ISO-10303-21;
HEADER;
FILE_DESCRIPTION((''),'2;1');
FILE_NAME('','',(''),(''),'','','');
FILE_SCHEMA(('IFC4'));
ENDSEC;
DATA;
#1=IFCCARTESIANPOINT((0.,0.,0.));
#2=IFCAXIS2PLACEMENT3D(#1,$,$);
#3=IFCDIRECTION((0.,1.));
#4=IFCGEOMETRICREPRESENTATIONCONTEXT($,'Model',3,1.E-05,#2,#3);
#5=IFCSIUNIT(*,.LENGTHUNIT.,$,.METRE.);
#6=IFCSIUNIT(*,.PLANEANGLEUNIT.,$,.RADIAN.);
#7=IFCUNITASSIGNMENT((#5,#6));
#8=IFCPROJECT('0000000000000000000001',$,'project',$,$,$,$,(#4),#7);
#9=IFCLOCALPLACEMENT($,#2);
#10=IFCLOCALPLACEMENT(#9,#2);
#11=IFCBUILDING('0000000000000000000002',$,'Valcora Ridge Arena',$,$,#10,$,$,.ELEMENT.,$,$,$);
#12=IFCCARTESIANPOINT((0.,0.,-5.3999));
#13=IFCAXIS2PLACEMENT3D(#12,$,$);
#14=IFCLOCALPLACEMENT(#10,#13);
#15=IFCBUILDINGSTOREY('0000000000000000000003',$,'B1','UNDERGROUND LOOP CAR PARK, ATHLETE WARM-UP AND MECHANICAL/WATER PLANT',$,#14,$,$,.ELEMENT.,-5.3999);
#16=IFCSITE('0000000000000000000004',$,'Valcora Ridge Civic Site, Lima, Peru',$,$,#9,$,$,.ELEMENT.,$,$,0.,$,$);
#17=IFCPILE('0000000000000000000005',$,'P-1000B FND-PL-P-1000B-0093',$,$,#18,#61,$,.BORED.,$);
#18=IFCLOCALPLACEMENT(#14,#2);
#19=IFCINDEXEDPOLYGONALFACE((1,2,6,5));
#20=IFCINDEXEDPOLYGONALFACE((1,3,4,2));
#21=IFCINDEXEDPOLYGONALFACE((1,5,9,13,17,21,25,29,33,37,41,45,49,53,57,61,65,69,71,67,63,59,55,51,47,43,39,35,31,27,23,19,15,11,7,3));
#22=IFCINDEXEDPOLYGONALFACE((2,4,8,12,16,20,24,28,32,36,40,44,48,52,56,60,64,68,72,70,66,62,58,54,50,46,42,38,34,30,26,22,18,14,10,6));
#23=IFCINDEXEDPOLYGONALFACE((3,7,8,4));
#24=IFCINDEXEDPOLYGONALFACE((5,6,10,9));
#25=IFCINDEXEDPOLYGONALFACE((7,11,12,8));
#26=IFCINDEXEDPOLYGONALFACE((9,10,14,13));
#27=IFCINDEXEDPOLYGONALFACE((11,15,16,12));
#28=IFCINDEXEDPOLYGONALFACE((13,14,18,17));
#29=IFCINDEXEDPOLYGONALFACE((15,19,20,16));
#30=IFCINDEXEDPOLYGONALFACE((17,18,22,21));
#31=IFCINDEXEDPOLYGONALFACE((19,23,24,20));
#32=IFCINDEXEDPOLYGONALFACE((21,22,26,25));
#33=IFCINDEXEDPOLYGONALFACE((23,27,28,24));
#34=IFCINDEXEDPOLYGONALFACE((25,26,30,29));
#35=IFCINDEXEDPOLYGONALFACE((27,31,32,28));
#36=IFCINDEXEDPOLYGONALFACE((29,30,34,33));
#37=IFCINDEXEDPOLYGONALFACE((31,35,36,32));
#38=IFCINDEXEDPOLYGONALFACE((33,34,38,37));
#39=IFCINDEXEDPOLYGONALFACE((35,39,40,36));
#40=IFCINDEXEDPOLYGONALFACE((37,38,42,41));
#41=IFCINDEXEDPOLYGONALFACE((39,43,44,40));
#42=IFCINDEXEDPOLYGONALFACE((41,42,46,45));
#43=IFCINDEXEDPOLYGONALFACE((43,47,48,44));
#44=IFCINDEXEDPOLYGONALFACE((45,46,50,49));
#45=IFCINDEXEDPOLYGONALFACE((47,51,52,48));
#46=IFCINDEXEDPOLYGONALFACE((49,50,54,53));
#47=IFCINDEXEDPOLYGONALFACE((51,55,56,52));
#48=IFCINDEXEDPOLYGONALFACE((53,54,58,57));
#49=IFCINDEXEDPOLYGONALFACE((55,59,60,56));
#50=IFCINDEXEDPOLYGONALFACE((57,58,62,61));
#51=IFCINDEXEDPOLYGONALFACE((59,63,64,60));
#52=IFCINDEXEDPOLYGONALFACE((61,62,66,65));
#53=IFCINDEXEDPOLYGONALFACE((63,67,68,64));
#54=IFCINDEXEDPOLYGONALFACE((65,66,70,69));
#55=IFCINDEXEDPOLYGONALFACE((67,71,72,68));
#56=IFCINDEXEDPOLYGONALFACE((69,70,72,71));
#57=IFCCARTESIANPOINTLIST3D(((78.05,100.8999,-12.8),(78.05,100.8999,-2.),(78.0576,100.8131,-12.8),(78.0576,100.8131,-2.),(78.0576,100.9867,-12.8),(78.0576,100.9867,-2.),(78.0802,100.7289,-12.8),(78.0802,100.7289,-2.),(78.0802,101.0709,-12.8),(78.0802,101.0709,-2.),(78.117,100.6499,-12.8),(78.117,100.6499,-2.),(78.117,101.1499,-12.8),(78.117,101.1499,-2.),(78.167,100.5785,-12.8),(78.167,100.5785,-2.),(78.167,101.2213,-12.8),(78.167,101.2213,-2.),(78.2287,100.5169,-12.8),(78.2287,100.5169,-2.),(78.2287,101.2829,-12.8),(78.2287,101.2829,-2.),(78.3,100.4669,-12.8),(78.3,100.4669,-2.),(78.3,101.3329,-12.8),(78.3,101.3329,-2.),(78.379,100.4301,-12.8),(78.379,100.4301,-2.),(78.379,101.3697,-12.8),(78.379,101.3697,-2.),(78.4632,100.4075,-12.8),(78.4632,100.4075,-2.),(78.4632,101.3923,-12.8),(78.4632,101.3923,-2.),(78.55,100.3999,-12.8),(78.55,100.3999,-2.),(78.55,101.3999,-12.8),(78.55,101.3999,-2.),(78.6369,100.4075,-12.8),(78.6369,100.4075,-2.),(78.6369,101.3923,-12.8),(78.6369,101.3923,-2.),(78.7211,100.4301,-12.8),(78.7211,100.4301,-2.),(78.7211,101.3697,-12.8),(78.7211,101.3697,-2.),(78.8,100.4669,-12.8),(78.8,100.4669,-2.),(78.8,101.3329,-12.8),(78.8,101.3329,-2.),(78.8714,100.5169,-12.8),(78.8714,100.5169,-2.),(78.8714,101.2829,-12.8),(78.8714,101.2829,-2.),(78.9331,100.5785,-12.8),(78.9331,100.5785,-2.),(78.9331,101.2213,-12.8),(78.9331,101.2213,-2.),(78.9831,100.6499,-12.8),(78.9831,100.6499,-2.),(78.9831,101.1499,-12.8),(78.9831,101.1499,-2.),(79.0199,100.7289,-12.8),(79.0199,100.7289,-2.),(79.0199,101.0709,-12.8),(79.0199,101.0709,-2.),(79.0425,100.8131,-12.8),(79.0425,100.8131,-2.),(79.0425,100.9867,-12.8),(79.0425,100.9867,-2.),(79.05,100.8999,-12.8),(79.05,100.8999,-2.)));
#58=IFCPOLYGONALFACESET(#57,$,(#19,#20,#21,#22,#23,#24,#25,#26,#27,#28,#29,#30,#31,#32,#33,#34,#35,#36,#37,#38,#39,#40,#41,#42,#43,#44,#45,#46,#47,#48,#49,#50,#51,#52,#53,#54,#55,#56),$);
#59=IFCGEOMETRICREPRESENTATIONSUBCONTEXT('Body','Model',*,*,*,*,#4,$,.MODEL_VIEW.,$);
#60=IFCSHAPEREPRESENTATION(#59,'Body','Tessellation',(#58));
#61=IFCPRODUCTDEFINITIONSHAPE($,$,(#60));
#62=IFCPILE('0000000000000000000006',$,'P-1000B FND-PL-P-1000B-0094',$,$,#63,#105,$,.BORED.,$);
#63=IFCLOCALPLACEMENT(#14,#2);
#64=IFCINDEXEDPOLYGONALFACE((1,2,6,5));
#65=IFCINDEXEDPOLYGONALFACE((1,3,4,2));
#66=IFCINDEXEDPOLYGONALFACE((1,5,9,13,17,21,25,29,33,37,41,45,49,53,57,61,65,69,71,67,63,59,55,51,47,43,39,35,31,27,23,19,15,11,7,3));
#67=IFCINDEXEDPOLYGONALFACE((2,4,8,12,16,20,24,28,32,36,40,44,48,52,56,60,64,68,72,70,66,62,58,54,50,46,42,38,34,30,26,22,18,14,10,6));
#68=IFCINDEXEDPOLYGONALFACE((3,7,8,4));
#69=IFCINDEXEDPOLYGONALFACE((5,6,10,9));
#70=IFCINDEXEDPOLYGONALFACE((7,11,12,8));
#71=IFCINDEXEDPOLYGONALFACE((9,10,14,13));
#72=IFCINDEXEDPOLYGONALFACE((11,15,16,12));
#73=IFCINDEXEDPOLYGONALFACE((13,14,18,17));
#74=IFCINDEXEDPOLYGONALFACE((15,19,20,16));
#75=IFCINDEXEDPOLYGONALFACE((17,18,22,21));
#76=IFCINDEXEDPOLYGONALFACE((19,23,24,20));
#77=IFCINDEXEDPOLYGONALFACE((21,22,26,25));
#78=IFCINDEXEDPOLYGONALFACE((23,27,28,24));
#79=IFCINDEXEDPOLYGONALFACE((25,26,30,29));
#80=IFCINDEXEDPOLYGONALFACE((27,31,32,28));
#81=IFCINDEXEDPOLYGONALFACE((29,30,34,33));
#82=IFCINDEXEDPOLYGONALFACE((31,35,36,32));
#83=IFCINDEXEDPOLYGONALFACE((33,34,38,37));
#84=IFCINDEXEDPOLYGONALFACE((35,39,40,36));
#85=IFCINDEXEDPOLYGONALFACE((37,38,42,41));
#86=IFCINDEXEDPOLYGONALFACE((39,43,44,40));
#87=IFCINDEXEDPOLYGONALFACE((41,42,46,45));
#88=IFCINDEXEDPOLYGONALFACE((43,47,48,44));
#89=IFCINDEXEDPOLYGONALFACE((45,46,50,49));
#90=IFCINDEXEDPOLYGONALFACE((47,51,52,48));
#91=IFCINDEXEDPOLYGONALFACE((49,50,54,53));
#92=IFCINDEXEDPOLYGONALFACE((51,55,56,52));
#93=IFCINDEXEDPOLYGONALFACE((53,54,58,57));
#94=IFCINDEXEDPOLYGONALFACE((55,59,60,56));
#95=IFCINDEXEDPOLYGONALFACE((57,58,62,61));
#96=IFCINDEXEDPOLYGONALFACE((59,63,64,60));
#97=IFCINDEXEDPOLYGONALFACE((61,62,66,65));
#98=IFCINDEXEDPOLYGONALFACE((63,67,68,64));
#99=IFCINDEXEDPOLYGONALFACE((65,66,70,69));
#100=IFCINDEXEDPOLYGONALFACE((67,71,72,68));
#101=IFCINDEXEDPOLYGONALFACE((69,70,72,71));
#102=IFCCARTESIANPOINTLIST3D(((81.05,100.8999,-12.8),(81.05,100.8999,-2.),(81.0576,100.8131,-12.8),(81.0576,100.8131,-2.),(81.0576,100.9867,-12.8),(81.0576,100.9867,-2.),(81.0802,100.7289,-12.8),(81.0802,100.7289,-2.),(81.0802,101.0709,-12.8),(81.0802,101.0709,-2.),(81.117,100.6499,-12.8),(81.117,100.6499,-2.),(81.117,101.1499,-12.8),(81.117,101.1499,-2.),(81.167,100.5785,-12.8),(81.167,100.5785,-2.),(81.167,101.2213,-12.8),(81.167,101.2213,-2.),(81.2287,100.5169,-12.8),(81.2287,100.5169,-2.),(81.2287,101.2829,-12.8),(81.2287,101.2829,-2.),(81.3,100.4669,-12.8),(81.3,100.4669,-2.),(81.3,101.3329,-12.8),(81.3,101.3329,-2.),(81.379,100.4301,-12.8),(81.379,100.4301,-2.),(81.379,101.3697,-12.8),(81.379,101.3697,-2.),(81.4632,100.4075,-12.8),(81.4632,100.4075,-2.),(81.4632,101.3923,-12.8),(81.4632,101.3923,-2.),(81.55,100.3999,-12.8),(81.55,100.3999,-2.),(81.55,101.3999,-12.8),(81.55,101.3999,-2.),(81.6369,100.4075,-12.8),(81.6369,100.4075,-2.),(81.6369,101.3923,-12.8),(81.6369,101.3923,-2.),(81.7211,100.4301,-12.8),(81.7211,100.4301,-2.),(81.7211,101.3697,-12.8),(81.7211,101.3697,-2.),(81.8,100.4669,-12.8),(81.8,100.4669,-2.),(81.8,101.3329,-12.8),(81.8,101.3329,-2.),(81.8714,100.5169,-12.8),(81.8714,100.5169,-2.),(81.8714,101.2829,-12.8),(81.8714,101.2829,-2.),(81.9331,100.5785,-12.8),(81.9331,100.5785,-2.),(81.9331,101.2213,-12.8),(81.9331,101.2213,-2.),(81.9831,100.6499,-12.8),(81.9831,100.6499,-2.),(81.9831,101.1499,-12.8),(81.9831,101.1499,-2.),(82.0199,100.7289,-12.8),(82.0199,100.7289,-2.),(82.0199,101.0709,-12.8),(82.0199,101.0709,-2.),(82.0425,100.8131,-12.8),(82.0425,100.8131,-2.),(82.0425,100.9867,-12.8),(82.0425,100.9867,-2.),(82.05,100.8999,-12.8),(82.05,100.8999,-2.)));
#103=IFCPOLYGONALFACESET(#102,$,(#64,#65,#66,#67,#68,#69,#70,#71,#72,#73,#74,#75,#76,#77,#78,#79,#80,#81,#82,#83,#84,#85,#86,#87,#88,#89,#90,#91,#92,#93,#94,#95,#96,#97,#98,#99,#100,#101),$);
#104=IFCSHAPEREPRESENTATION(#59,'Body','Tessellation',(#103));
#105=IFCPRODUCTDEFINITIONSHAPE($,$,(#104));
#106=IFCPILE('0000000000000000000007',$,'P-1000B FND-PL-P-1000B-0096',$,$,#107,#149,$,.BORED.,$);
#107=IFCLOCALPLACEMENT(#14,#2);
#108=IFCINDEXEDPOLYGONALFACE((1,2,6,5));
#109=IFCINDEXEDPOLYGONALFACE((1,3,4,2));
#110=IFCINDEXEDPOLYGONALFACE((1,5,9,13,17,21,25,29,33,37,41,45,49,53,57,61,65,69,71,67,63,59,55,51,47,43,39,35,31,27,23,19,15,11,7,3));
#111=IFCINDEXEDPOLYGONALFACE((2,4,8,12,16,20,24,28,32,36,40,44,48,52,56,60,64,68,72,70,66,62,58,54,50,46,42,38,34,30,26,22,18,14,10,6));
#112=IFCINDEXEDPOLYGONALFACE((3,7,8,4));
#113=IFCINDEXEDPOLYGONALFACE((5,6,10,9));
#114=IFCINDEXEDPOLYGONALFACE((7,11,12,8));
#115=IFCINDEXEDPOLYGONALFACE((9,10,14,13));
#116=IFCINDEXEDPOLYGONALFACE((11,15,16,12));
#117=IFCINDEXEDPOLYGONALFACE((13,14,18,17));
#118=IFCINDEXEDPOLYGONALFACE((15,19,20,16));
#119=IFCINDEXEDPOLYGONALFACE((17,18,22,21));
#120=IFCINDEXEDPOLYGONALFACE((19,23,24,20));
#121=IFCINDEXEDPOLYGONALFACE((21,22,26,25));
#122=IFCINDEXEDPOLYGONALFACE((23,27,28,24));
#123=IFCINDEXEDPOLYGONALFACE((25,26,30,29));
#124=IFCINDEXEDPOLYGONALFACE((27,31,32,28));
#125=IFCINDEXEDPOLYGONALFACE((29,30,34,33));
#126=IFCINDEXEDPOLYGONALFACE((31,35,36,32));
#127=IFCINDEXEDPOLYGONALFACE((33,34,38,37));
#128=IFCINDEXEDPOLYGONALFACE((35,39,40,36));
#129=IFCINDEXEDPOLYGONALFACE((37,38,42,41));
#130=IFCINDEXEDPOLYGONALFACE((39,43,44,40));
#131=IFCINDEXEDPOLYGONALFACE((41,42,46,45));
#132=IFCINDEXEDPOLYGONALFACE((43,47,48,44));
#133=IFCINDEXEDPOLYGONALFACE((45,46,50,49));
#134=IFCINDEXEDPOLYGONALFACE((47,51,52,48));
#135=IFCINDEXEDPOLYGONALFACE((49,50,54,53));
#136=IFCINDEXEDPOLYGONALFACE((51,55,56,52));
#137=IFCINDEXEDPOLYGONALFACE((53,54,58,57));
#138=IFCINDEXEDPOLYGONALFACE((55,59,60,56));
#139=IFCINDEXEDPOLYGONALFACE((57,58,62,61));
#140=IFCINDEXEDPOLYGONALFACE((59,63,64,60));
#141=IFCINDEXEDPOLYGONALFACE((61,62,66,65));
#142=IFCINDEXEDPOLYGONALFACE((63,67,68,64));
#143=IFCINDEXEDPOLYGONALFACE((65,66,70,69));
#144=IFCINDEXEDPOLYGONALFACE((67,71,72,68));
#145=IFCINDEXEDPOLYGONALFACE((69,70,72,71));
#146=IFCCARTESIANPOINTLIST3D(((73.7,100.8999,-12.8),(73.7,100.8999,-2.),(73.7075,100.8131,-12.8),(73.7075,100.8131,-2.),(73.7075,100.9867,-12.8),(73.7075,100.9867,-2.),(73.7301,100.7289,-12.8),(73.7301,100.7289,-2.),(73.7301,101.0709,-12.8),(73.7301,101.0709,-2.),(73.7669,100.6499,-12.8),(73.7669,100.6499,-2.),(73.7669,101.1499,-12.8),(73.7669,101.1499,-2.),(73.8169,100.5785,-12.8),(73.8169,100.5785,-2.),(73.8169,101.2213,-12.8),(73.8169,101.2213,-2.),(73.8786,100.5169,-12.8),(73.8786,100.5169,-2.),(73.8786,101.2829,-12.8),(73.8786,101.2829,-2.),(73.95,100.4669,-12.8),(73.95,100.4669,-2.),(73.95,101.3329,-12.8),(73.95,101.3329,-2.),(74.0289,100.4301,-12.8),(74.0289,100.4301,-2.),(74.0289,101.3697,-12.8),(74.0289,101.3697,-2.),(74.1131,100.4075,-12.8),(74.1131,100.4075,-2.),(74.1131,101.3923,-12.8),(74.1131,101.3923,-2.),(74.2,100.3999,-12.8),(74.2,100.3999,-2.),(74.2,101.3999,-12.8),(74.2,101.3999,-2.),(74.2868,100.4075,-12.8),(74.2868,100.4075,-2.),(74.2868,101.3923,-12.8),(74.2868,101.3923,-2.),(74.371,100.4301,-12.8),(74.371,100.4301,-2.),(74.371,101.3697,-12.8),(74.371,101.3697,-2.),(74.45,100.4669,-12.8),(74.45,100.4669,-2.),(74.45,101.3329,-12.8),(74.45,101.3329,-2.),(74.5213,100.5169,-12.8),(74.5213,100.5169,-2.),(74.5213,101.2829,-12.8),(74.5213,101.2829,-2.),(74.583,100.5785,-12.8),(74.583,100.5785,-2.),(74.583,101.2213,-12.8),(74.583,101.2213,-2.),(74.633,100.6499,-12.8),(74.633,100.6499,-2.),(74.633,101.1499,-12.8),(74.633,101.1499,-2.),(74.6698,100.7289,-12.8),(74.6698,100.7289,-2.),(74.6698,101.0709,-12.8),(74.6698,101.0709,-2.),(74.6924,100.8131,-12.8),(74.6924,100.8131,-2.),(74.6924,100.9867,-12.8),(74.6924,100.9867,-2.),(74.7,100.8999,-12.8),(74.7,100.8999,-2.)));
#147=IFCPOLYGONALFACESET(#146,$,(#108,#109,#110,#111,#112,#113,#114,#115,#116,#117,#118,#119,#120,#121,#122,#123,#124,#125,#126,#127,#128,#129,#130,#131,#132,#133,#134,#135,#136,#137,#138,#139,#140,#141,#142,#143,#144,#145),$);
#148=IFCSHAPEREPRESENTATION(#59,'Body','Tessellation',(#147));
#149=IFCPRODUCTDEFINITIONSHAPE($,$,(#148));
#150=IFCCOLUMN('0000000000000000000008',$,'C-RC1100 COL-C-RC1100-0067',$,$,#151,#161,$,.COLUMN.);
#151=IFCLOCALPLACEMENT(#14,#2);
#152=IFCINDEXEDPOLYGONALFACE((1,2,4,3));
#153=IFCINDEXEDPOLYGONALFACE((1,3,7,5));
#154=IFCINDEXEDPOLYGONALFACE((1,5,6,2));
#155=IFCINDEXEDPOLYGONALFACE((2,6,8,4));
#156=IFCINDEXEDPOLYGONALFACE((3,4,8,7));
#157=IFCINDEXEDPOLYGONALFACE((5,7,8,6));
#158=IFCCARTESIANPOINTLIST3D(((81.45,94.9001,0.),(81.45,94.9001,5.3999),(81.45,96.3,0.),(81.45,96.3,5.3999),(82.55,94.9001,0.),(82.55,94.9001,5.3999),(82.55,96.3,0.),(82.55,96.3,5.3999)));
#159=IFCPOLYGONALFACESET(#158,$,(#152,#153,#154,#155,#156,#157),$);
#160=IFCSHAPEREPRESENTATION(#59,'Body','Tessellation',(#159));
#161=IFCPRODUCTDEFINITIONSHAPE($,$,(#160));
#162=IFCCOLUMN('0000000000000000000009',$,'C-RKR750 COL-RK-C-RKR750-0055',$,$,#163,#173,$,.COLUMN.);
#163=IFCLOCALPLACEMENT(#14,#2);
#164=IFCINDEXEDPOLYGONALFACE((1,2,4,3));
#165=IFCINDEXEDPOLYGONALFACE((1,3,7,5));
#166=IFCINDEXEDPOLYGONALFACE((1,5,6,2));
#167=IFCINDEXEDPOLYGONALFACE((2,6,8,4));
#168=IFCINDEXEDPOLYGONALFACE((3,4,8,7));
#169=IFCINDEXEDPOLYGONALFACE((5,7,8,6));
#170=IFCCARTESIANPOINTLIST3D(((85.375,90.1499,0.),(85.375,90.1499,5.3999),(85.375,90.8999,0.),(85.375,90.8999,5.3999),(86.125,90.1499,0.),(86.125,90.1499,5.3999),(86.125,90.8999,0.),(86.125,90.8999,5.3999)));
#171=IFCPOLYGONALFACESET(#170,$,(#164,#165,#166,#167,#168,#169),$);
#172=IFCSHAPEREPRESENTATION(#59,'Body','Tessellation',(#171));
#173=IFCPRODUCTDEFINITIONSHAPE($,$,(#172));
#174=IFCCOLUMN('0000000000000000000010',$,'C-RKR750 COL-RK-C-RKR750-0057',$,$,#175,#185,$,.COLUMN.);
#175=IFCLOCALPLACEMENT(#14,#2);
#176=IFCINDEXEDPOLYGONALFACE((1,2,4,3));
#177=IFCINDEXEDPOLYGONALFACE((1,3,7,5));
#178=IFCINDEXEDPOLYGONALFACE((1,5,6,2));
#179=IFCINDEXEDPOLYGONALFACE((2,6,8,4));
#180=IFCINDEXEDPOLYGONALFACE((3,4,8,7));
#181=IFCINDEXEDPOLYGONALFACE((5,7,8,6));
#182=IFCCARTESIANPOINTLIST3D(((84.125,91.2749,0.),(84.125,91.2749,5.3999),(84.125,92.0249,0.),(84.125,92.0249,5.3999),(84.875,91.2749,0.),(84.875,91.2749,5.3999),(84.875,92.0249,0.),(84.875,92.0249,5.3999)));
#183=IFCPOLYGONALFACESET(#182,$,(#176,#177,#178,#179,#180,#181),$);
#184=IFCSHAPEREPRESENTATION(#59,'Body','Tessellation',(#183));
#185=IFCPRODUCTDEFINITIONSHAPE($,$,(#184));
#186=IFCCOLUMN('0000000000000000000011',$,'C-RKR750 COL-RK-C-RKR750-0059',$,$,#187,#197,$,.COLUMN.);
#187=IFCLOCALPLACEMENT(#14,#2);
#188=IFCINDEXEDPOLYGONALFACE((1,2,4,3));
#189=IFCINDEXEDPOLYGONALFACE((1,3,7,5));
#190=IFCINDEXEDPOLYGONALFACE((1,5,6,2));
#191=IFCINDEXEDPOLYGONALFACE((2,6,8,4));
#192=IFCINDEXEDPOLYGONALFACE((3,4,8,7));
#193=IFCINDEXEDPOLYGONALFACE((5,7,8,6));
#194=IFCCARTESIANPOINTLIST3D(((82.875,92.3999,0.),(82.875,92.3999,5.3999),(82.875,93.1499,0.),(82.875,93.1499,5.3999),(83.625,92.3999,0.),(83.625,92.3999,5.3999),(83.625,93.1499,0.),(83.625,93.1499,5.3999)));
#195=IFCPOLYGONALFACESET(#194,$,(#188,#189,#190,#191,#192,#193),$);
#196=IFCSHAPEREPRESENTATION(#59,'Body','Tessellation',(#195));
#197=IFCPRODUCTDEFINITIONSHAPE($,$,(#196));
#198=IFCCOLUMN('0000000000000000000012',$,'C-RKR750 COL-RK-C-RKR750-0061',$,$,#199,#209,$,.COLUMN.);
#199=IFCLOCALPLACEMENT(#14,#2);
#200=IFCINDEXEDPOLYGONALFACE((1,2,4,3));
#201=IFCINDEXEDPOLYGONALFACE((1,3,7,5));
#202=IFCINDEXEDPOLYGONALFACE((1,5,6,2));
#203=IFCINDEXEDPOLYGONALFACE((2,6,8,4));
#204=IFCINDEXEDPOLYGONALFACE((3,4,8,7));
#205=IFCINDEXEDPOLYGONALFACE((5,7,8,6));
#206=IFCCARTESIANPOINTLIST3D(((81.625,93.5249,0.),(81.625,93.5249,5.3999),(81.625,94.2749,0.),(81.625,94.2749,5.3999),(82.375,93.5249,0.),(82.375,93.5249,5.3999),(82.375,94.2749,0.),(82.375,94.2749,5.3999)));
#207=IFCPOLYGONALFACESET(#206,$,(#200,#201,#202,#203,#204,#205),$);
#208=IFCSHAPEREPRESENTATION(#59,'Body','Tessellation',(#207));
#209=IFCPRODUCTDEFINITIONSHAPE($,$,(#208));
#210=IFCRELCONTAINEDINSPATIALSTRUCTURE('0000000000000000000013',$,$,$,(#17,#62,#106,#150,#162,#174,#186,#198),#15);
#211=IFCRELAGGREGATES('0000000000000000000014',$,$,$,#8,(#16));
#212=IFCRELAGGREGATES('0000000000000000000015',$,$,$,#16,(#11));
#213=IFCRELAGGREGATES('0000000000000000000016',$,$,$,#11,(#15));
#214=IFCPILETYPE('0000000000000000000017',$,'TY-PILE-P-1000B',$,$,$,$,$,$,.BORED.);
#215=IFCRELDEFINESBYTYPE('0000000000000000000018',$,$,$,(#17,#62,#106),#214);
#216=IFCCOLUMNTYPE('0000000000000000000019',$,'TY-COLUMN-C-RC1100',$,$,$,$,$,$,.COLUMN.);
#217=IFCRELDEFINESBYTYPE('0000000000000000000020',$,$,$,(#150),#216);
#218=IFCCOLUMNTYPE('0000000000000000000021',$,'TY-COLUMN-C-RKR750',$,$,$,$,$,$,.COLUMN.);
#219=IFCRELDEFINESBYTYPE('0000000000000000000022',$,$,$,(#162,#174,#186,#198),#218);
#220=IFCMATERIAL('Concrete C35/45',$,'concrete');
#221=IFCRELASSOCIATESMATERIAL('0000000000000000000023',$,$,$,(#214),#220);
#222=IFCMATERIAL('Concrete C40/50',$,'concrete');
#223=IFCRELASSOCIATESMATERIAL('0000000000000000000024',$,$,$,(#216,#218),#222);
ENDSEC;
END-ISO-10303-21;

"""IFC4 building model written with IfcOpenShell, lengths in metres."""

from ifc_helpers import new_model, si_unit, direction, frame, origin, origin_2d, place, context, subcontext, project, spatial, rectangle, circle, extrude, material, material_profile, profile_set, type_object, element, save


model = new_model("IFC4")

# Units and contexts
model_context = context("Model", 3, precision=1e-05, world=origin(), true_north=direction((0.0, 1.0)))
body_context = subcontext(model_context, "Body", "Model", "MODEL_VIEW")
ifc_project = project(units=[si_unit("LENGTHUNIT", "METRE"), si_unit("PLANEANGLEUNIT", "RADIAN")], contexts=[model_context])

# Site, building, storey
site_placement = place(None, origin())
site = spatial("IfcSite", under=ifc_project, at=site_placement, Name="Valcora Ridge Civic Site, Lima, Peru", CompositionType="ELEMENT", RefElevation=0.0)
building_placement = place(site_placement, origin())
building = spatial("IfcBuilding", under=site, at=building_placement, Name="Valcora Ridge Arena", CompositionType="ELEMENT")
storey_placement = place(building_placement, frame((0.0, 0.0, -5.3999)))
storey = spatial("IfcBuildingStorey", under=building, at=storey_placement, Name="B1", Description="UNDERGROUND LOOP CAR PARK, ATHLETE WARM-UP AND MECHANICAL/WATER PLANT", CompositionType="ELEMENT", Elevation=-5.3999)

# Shared definitions
ifc_material_1 = material(Name="Concrete C40/50", Category="concrete")

# Piles
ifc_material_2 = material(Name="Concrete C35/45", Category="concrete")
ifc_material_profile_1 = material_profile(ifc_material_2, circle(Radius=0.5, at=origin_2d()), Name="BORED PILE D1000")
ifc_profile_set_1 = profile_set([ifc_material_profile_1], Name="Concrete C35/45")
pile_type_1 = type_object("IfcPileType", Name="TY-PILE-P-1000B", PredefinedType="BORED", material=ifc_profile_set_1)
for number, where, z_axis, x_axis, name in (
    (1, (78.55, 100.8999, -2.0), (0.0, 0.0, -1.0), (1.0, 0.0, 0.0), "P-1000B FND-PL-P-1000B-0093"),
    (2, (81.55, 100.8999, -2.0), (0.0, 0.0, -1.0), (1.0, 0.0, 0.0), "P-1000B FND-PL-P-1000B-0094"),
    (3, (74.2, 100.8999, -2.0), (0.0, 0.0, -1.0), (1.0, 0.0, 0.0), "P-1000B FND-PL-P-1000B-0096"),
):
    element("IfcPile", number, at=place(storey_placement, frame(where, z_axis=z_axis, x_axis=x_axis)), inside=storey, type_object=pile_type_1, Name=name, PredefinedType="BORED", context=body_context, shape_type="SweptSolid", body=[
        extrude(circle(Radius=0.5, at=origin_2d()), origin(), (0.0, 0.0, 1.0), 10.8),
    ])

# Columns
ifc_material_profile_2 = material_profile(ifc_material_1, rectangle(XDim=1.1001, YDim=1.3999, at=origin_2d()), Name="RC 1100x1400")
ifc_profile_set_2 = profile_set([ifc_material_profile_2], Name="Concrete C40/50")
column_type_1 = type_object("IfcColumnType", Name="TY-COLUMN-C-RC1100", PredefinedType="COLUMN", material=ifc_profile_set_2)
column_placement = place(storey_placement, frame((82.0, 95.6001, 0.0), z_axis=(0.0, 0.0, 1.0), x_axis=(1.0, 0.0, 0.0)))
element("IfcColumn", 4, at=column_placement, inside=storey, type_object=column_type_1, Name="C-RC1100 COL-C-RC1100-0067", PredefinedType="COLUMN", context=body_context, shape_type="SweptSolid", body=[
    extrude(rectangle(XDim=1.1001, YDim=1.3999, at=origin_2d()), origin(), (0.0, 0.0, 1.0), 5.3999),
])
ifc_material_profile_3 = material_profile(ifc_material_1, rectangle(XDim=0.75, YDim=0.75, at=origin_2d()), Name="RC 750x750")
ifc_profile_set_3 = profile_set([ifc_material_profile_3], Name="Concrete C40/50")
column_type_2 = type_object("IfcColumnType", Name="TY-COLUMN-C-RKR750", PredefinedType="COLUMN", material=ifc_profile_set_3)
for number, where, z_axis, x_axis, name in (
    (5, (85.75, 90.5249, 0.0), (0.0, 0.0, 1.0), (1.0, 0.0, 0.0), "C-RKR750 COL-RK-C-RKR750-0055"),
    (6, (84.5, 91.6499, 0.0), (0.0, 0.0, 1.0), (1.0, 0.0, 0.0), "C-RKR750 COL-RK-C-RKR750-0057"),
    (7, (83.25, 92.7749, 0.0), (0.0, 0.0, 1.0), (1.0, 0.0, 0.0), "C-RKR750 COL-RK-C-RKR750-0059"),
    (8, (82.0, 93.8999, 0.0), (0.0, 0.0, 1.0), (1.0, 0.0, 0.0), "C-RKR750 COL-RK-C-RKR750-0061"),
):
    element("IfcColumn", number, at=place(storey_placement, frame(where, z_axis=z_axis, x_axis=x_axis)), inside=storey, type_object=column_type_2, Name=name, PredefinedType="COLUMN", context=body_context, shape_type="SweptSolid", body=[
        extrude(rectangle(XDim=0.75, YDim=0.75, at=origin_2d()), origin(), (0.0, 0.0, 1.0), 5.3999),
    ])

save(model, "model.ifc")
